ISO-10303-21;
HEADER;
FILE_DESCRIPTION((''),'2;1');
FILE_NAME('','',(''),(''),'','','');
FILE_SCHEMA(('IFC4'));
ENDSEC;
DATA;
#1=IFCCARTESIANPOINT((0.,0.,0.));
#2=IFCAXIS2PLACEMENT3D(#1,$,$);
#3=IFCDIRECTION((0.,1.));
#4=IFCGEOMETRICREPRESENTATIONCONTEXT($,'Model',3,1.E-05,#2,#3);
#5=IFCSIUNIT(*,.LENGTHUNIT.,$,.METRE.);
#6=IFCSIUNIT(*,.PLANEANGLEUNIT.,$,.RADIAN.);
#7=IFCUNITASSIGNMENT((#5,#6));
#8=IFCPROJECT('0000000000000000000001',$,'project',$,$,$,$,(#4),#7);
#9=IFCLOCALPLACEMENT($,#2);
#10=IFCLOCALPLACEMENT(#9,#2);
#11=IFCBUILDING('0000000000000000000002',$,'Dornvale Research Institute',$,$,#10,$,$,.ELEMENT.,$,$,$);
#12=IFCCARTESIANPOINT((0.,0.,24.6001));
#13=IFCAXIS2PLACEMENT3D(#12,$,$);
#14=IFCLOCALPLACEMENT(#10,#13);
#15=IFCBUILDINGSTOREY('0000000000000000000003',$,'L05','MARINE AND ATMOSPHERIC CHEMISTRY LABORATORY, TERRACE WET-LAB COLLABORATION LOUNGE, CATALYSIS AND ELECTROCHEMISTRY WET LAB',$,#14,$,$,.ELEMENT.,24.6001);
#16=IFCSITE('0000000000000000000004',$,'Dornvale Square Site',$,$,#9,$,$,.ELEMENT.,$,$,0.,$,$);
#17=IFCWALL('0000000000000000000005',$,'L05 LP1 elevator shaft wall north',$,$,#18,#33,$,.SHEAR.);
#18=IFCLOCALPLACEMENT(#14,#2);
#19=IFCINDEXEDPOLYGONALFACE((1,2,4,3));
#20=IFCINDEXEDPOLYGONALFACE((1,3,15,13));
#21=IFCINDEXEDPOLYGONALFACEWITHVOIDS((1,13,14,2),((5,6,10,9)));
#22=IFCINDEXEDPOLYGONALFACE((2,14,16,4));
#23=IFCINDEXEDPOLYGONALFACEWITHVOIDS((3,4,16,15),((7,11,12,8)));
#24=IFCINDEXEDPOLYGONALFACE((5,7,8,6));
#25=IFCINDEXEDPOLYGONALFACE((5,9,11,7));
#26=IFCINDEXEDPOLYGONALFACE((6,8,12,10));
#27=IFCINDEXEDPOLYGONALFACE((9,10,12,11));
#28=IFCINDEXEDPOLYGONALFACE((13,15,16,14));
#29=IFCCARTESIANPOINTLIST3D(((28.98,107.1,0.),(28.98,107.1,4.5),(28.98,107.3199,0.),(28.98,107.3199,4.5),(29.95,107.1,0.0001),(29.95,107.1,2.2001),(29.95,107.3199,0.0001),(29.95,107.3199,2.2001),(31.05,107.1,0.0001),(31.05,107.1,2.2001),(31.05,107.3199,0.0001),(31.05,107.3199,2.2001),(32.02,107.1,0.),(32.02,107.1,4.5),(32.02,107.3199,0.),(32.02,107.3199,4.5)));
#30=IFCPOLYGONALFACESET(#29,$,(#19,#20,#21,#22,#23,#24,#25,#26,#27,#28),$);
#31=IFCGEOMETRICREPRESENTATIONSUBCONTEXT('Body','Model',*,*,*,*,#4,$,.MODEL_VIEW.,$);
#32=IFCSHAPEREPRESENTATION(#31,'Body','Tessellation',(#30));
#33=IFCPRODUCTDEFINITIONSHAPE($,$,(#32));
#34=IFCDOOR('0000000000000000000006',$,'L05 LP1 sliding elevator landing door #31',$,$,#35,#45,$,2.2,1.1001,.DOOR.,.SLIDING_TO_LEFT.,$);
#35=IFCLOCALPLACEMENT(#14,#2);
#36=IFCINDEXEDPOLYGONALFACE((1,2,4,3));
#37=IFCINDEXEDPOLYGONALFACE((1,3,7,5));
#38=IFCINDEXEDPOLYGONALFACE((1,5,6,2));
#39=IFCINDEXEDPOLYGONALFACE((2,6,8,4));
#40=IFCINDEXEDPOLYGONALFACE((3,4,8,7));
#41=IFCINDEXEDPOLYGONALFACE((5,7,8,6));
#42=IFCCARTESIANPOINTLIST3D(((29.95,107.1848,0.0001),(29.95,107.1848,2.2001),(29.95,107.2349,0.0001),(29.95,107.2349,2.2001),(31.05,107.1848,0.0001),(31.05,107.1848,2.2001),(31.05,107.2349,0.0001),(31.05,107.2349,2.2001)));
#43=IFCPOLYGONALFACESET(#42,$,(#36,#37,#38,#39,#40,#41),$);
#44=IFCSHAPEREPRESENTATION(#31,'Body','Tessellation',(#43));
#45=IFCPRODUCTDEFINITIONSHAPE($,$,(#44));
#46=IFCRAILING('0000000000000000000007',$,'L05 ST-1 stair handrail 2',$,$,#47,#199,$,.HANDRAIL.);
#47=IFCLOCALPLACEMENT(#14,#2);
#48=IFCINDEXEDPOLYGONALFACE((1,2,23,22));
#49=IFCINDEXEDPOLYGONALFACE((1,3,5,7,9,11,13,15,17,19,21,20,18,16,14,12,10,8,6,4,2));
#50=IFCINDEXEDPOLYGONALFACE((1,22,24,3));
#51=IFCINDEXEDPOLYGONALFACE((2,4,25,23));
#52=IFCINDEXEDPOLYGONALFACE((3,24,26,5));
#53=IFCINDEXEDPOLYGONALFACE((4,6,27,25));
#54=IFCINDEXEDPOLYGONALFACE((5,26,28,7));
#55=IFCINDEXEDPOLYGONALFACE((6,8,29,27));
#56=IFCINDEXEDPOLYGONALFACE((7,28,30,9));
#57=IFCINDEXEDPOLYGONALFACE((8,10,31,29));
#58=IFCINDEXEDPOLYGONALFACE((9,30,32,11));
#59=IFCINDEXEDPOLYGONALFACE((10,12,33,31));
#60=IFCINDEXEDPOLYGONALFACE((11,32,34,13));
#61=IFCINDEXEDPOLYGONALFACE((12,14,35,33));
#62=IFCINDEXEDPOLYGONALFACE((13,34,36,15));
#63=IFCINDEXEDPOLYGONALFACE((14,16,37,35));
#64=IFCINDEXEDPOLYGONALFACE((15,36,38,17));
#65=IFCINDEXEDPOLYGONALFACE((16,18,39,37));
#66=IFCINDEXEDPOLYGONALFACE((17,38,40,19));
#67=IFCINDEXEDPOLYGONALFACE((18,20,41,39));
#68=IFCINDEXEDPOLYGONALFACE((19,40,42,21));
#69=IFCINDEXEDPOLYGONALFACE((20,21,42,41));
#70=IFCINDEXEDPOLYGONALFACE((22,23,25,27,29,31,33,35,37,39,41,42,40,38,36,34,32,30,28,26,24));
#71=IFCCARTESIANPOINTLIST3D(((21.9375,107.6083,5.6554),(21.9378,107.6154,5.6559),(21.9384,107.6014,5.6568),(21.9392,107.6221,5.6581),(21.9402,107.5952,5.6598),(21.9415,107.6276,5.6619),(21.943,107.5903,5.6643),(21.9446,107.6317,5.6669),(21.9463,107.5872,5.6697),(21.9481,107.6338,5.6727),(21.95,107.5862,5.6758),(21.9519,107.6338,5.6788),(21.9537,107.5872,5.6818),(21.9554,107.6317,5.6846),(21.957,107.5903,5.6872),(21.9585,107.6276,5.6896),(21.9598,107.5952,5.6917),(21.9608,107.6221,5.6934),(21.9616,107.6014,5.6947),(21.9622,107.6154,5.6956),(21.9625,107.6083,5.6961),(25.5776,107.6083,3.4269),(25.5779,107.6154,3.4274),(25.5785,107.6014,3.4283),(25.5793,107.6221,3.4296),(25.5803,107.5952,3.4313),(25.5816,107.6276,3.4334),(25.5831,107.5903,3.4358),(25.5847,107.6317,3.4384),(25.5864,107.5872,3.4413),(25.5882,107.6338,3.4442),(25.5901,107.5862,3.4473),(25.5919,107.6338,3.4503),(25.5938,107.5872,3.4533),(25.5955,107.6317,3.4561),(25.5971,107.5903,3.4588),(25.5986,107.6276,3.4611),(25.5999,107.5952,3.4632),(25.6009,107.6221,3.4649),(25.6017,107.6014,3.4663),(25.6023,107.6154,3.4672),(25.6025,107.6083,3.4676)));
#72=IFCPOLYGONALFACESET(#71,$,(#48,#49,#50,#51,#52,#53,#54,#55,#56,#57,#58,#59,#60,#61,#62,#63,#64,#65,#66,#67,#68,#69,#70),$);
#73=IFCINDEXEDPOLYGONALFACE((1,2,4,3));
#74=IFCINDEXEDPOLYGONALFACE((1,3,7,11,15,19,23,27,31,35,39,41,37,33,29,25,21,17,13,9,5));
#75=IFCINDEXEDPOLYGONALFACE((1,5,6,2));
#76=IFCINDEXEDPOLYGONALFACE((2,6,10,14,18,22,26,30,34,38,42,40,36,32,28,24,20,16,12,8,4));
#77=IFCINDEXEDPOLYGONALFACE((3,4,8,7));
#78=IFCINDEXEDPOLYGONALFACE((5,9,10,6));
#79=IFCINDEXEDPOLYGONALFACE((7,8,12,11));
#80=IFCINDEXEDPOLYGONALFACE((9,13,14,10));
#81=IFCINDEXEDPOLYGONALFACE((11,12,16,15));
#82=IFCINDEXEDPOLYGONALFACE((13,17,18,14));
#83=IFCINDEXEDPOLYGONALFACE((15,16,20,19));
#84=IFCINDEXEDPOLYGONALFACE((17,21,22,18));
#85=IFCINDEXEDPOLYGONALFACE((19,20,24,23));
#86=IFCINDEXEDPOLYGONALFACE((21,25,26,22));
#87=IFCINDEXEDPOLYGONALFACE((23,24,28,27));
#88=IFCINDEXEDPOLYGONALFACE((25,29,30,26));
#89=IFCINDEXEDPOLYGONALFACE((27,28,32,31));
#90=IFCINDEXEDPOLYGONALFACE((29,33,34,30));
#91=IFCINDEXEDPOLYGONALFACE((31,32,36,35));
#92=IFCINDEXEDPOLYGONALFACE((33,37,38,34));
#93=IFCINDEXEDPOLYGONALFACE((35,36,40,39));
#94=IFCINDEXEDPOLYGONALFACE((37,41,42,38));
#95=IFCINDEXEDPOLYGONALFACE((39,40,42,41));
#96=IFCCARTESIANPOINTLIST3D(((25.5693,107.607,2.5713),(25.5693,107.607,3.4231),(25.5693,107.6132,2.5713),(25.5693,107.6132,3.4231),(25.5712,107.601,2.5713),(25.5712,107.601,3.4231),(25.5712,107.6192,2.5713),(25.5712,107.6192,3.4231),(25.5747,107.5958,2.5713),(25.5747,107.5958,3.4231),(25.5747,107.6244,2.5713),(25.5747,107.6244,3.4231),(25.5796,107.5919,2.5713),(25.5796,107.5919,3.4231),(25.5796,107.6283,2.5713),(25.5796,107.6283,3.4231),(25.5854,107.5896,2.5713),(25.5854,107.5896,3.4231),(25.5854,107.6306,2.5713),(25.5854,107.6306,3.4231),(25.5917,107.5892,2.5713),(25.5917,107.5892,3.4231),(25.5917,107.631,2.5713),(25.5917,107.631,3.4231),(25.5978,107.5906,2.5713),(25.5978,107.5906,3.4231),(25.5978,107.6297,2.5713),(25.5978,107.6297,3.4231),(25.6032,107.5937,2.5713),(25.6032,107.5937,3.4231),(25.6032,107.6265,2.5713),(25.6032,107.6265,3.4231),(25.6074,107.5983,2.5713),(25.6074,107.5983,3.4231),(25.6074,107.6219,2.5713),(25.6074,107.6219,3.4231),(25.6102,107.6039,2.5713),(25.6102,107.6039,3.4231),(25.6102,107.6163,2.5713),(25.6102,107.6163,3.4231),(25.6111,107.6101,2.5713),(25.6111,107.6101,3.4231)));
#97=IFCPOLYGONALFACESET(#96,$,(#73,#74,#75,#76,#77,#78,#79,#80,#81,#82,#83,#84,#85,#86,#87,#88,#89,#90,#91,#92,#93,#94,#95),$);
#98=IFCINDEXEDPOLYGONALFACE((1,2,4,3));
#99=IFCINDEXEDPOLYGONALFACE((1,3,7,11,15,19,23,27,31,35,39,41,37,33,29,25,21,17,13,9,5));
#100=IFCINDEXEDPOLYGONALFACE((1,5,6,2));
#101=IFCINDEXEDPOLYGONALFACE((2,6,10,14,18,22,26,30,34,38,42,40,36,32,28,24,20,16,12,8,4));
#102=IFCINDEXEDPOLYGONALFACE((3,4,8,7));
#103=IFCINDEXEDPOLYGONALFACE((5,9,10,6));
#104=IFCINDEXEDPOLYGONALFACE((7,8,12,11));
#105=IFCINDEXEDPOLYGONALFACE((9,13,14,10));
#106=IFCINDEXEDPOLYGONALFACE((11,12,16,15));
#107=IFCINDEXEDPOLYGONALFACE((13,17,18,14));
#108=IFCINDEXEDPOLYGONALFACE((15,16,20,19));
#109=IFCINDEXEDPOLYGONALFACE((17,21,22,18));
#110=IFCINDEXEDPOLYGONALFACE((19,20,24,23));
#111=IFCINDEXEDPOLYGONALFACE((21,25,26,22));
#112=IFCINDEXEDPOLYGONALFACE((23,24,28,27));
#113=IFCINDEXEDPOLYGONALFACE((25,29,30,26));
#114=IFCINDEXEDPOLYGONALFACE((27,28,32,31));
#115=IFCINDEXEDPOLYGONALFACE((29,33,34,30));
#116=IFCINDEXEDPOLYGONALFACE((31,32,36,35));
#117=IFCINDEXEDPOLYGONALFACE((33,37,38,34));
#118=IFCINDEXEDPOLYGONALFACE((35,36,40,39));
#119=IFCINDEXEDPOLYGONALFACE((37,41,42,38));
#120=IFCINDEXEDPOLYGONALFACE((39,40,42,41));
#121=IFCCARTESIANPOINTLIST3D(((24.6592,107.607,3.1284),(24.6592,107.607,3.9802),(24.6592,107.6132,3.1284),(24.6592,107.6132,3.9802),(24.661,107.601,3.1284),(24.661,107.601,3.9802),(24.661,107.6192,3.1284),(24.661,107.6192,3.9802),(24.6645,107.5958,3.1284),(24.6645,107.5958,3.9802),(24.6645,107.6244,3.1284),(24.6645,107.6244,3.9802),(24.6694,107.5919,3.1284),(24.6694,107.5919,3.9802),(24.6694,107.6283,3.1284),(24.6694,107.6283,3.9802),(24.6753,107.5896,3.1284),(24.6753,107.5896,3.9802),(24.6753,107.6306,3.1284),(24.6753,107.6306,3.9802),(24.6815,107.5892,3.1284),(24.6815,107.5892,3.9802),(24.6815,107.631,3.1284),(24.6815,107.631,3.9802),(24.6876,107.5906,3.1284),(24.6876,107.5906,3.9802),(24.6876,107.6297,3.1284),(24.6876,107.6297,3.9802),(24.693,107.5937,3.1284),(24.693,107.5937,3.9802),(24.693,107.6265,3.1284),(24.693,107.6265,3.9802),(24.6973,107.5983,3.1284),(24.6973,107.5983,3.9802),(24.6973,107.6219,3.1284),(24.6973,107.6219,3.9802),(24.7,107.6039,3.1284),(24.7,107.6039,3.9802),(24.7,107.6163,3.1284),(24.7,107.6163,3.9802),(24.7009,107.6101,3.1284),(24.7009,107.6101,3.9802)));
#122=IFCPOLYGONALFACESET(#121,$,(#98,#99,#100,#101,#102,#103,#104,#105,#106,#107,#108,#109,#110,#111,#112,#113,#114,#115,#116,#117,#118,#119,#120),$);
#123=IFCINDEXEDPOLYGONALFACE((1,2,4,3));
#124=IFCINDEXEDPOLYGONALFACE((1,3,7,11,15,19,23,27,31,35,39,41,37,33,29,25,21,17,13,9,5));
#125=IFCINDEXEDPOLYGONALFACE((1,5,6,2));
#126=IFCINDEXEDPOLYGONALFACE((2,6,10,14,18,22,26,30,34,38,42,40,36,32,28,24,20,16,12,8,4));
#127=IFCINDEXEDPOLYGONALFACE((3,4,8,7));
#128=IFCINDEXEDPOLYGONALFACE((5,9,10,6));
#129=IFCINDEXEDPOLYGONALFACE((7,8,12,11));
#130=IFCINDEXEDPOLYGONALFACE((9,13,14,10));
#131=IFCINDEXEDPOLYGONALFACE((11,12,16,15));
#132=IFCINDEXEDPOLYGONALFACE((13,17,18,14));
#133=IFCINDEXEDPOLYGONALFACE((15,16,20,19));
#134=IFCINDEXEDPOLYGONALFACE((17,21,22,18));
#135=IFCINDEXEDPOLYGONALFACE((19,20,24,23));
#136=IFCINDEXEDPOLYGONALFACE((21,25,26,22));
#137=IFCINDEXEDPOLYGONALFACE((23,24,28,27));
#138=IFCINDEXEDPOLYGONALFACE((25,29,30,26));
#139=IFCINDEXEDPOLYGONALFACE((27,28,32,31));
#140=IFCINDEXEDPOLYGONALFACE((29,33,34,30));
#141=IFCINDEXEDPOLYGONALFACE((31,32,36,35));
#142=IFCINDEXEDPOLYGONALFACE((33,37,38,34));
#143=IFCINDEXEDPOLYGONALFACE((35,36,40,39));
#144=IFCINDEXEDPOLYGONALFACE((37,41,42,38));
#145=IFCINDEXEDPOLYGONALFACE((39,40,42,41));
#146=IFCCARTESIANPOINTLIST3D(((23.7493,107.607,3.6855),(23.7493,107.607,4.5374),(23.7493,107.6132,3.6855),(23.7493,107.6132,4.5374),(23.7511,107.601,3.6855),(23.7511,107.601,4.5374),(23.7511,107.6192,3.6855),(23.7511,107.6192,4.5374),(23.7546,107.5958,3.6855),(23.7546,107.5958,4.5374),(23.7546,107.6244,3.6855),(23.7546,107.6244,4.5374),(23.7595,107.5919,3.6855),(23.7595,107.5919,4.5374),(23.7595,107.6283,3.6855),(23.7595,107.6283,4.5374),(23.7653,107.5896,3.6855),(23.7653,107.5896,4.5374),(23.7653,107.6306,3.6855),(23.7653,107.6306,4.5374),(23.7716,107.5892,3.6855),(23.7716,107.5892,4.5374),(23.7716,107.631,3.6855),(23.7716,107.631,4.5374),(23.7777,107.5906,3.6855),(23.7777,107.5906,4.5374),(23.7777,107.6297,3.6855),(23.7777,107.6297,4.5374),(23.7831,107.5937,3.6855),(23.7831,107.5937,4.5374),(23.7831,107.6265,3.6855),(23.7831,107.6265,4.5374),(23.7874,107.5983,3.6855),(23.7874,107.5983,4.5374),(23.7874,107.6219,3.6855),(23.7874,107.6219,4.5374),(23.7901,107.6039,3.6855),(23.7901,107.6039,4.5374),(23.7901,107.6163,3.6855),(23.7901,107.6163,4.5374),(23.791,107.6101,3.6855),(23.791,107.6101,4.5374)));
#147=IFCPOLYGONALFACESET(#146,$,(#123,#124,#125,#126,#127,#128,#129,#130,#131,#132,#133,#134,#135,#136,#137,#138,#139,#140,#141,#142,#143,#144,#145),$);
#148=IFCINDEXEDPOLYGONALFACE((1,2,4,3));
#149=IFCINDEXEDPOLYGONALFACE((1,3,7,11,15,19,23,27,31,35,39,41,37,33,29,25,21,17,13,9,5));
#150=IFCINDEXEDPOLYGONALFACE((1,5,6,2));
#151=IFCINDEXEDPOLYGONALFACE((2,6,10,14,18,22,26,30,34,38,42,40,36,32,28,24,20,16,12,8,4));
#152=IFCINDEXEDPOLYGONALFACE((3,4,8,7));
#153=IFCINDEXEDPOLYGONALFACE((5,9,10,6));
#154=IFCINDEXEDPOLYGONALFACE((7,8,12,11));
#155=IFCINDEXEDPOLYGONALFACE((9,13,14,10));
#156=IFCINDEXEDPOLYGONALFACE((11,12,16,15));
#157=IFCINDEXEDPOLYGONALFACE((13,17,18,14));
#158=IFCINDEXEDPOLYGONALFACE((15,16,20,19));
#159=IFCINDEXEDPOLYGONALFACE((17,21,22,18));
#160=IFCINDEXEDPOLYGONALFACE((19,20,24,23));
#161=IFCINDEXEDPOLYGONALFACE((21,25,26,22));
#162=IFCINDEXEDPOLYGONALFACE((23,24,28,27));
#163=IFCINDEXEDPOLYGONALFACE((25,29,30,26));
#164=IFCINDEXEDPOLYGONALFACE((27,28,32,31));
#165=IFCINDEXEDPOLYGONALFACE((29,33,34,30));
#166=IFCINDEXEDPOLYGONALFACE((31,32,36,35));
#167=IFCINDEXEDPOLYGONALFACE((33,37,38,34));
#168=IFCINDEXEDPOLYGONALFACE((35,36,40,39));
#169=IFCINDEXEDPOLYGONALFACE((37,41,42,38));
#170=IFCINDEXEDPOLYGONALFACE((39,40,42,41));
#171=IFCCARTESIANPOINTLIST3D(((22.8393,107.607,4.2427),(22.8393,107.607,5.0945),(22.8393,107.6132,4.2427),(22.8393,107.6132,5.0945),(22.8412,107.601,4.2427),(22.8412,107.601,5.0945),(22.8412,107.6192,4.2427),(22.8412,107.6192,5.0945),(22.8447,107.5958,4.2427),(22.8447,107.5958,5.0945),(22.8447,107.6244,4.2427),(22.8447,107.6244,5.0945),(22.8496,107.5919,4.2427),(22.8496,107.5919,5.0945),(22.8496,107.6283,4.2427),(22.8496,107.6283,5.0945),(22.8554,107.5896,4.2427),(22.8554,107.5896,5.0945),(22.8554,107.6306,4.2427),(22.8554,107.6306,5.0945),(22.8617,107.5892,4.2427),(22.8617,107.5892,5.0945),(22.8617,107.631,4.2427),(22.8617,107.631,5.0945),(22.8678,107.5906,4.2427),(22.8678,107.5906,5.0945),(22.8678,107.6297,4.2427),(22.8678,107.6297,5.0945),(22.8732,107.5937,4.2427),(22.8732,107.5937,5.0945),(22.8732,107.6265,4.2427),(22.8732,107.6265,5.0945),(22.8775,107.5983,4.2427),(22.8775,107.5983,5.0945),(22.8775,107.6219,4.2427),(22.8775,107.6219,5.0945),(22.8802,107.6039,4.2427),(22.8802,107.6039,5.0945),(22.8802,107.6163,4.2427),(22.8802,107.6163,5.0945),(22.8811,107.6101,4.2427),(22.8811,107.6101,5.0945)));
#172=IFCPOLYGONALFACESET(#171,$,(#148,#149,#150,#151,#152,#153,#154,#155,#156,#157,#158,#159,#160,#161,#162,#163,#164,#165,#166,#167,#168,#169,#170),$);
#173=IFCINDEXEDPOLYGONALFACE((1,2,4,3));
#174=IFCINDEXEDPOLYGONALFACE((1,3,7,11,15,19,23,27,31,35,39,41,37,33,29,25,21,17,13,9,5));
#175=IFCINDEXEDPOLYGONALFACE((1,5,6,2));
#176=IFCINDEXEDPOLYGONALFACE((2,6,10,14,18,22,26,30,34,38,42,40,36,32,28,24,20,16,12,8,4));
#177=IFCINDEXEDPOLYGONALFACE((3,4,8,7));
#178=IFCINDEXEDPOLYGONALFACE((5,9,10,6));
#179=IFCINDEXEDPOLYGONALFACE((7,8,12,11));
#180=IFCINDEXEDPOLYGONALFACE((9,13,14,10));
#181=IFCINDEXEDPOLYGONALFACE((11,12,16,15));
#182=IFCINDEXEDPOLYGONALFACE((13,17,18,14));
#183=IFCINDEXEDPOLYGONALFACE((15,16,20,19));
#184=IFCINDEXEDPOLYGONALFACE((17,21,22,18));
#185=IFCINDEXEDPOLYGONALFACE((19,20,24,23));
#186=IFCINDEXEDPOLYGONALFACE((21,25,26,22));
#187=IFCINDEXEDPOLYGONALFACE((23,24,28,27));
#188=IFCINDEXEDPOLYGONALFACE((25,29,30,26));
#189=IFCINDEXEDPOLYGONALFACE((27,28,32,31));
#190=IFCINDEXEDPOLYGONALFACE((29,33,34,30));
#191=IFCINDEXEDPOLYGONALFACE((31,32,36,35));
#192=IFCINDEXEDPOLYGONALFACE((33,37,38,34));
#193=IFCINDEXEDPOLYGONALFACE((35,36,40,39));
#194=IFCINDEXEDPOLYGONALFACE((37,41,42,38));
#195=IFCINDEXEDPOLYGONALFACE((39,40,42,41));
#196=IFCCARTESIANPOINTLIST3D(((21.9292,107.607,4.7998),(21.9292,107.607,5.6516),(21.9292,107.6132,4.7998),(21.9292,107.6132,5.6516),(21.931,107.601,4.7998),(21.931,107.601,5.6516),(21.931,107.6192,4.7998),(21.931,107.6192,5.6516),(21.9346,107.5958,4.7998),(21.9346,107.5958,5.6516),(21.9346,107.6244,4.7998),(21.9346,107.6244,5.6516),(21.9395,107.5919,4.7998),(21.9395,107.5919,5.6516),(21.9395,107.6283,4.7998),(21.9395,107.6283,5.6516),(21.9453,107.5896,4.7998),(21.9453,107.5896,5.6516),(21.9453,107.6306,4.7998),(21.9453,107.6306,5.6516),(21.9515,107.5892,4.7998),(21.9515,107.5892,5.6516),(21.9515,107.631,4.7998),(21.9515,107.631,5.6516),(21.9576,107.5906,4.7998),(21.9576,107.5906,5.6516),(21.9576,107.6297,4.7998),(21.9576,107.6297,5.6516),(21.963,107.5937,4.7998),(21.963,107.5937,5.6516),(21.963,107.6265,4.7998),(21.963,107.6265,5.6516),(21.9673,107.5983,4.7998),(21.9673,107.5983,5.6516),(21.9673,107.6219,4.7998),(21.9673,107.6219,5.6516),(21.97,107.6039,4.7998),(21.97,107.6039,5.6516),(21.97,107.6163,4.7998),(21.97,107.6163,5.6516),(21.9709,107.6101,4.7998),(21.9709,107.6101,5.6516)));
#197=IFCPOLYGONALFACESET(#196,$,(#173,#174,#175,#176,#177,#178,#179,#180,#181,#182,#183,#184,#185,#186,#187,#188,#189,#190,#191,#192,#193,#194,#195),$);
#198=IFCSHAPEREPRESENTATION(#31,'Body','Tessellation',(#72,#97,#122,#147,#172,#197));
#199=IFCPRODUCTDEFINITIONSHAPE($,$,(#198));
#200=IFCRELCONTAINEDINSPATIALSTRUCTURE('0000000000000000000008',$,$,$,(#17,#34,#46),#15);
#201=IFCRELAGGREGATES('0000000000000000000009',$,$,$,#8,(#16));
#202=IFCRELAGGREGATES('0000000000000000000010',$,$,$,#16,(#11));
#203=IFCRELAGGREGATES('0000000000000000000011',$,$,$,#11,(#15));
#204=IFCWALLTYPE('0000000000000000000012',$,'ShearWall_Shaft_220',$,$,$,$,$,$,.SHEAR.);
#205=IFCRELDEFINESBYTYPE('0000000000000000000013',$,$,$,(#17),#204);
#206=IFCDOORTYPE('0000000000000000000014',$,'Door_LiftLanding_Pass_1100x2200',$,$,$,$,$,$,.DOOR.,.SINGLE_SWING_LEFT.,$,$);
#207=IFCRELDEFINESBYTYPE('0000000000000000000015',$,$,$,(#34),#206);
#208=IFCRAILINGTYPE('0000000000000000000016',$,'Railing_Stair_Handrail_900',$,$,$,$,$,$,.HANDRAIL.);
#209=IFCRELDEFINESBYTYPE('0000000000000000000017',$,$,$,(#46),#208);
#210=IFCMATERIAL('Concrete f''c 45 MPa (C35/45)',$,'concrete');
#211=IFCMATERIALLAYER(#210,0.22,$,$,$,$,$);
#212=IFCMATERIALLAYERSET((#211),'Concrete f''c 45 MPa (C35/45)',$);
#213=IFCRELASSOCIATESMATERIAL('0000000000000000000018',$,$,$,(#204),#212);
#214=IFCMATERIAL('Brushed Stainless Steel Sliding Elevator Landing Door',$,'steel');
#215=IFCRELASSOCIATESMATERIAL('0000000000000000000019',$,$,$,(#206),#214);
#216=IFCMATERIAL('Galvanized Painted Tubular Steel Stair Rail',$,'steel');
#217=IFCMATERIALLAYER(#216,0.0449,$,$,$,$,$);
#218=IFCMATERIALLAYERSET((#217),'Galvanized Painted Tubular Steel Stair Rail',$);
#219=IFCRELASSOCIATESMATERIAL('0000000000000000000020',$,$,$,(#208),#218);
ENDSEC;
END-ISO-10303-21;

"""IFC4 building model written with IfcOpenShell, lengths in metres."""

from ifc_helpers import new_model, si_unit, direction, frame, frame_2d, origin, origin_2d, place, context, subcontext, project, spatial, rectangle, circle, extrude, material, layer, layer_set, type_object, element, fill, save


model = new_model("IFC4")

# Units and contexts
model_context = context("Model", 3, precision=1e-05, world=origin(), true_north=direction((0.0, 1.0)))
body_context = subcontext(model_context, "Body", "Model", "MODEL_VIEW")
ifc_project = project(units=[si_unit("LENGTHUNIT", "METRE"), si_unit("PLANEANGLEUNIT", "RADIAN")], contexts=[model_context])

# Site, building, storey
site_placement = place(None, origin())
site = spatial("IfcSite", under=ifc_project, at=site_placement, Name="Dornvale Square Site", CompositionType="ELEMENT", RefElevation=0.0)
building_placement = place(site_placement, origin())
building = spatial("IfcBuilding", under=site, at=building_placement, Name="Dornvale Research Institute", CompositionType="ELEMENT")
storey_placement = place(building_placement, frame((0.0, 0.0, 24.6001)))
storey = spatial("IfcBuildingStorey", under=building, at=storey_placement, Name="L05", Description="MARINE AND ATMOSPHERIC CHEMISTRY LABORATORY, TERRACE WET-LAB COLLABORATION LOUNGE, CATALYSIS AND ELECTROCHEMISTRY WET LAB", CompositionType="ELEMENT", Elevation=24.6001)

# Wall, opening, door
ifc_material_1 = material(Name="Concrete f'c 45 MPa (C35/45)", Category="concrete")
ifc_layer_1 = layer(ifc_material_1, 0.22)
ifc_layer_set_1 = layer_set([ifc_layer_1], Name="Concrete f'c 45 MPa (C35/45)")
wall_type_1 = type_object("IfcWallType", Name="ShearWall_Shaft_220", PredefinedType="SHEAR", material=ifc_layer_set_1)
wall_1_placement = place(storey_placement, frame((28.98, 107.21, 0.0), z_axis=(0.0, 0.0, 1.0), x_axis=(1.0, 0.0, 0.0)))
wall_1 = element("IfcWall", 1, at=wall_1_placement, inside=storey, type_object=wall_type_1, Name="L05 LP1 elevator shaft wall north", PredefinedType="SHEAR", context=body_context, shape_type="SweptSolid", body=[
    extrude(rectangle(XDim=3.04, YDim=0.22, at=frame_2d((1.52, 0.0))), origin(), (0.0, 0.0, 1.0), 4.5),
])
opening_1_placement = place(wall_1_placement, frame((0.97, 0.0, 0.0)))
opening_1 = element("IfcOpeningElement", 2, at=opening_1_placement, cuts=wall_1, PredefinedType="OPENING", context=body_context, shape_type="SweptSolid", body=[
    extrude(rectangle(XDim=1.1001, YDim=2.2, at=frame_2d((0.55, 1.1001))), frame((0.0, 0.125, 0.0), z_axis=(0.0, -1.0, 0.0), x_axis=(1.0, 0.0, 0.0)), (0.0, 0.0, 1.0), 0.25),
])
ifc_material_2 = material(Name="Brushed Stainless Steel Sliding Elevator Landing Door", Category="steel")
door_type_1 = type_object("IfcDoorType", Name="Door_LiftLanding_Pass_1100x2200", OperationType="SINGLE_SWING_LEFT", PredefinedType="DOOR", material=ifc_material_2)
door_1_placement = place(opening_1_placement, origin())
door_1 = element("IfcDoor", 3, at=door_1_placement, inside=storey, type_object=door_type_1, Name="L05 LP1 sliding elevator landing door #31", OperationType="SLIDING_TO_LEFT", OverallHeight=2.2, OverallWidth=1.1001, PredefinedType="DOOR", context=body_context, shape_type="SweptSolid", body=[
    extrude(rectangle(XDim=1.1001, YDim=2.2, at=frame_2d((0.55, 1.1001))), frame((0.0, 0.0249, 0.0), z_axis=(0.0, -1.0, 0.0), x_axis=(1.0, 0.0, 0.0)), (0.0, 0.0, 1.0), 0.05),
])
fill(opening_1, door_1)

# Railing
ifc_material_3 = material(Name="Galvanized Painted Tubular Steel Stair Rail", Category="steel")
ifc_layer_2 = layer(ifc_material_3, 0.0449)
ifc_layer_set_2 = layer_set([ifc_layer_2], Name="Galvanized Painted Tubular Steel Stair Rail")
railing_type = type_object("IfcRailingType", Name="Railing_Stair_Handrail_900", PredefinedType="HANDRAIL", material=ifc_layer_set_2)
railing_placement = place(storey_placement, frame((25.5901, 107.6101, 2.5713)))
element("IfcRailing", 4, at=railing_placement, inside=storey, type_object=railing_type, Name="L05 ST-1 stair handrail 2", PredefinedType="HANDRAIL", context=body_context, shape_type="SweptSolid", body=[
    extrude(circle(Radius=0.0239, at=origin_2d()), frame((0.0, 0.0, 0.876), z_axis=(-0.852866, 0.0, 0.52213), x_axis=(0.0, -1.0, 0.0)), (0.0, 0.0, 1.0), 4.2681),
    extrude(circle(Radius=0.021, at=origin_2d()), origin(), (0.0, 0.0, 1.0), 0.8518),
    extrude(circle(Radius=0.021, at=origin_2d()), frame((-0.9102, 0.0, 0.5571)), (0.0, 0.0, 1.0), 0.8518),
    extrude(circle(Radius=0.021, at=origin_2d()), frame((-1.8201, 0.0, 1.1143)), (0.0, 0.0, 1.0), 0.8518),
    extrude(circle(Radius=0.021, at=origin_2d()), frame((-2.73, 0.0, 1.6714)), (0.0, 0.0, 1.0), 0.8518),
    extrude(circle(Radius=0.021, at=origin_2d()), frame((-3.6401, 0.0, 2.2285)), (0.0, 0.0, 1.0), 0.8518),
])

save(model, "model.ifc")
